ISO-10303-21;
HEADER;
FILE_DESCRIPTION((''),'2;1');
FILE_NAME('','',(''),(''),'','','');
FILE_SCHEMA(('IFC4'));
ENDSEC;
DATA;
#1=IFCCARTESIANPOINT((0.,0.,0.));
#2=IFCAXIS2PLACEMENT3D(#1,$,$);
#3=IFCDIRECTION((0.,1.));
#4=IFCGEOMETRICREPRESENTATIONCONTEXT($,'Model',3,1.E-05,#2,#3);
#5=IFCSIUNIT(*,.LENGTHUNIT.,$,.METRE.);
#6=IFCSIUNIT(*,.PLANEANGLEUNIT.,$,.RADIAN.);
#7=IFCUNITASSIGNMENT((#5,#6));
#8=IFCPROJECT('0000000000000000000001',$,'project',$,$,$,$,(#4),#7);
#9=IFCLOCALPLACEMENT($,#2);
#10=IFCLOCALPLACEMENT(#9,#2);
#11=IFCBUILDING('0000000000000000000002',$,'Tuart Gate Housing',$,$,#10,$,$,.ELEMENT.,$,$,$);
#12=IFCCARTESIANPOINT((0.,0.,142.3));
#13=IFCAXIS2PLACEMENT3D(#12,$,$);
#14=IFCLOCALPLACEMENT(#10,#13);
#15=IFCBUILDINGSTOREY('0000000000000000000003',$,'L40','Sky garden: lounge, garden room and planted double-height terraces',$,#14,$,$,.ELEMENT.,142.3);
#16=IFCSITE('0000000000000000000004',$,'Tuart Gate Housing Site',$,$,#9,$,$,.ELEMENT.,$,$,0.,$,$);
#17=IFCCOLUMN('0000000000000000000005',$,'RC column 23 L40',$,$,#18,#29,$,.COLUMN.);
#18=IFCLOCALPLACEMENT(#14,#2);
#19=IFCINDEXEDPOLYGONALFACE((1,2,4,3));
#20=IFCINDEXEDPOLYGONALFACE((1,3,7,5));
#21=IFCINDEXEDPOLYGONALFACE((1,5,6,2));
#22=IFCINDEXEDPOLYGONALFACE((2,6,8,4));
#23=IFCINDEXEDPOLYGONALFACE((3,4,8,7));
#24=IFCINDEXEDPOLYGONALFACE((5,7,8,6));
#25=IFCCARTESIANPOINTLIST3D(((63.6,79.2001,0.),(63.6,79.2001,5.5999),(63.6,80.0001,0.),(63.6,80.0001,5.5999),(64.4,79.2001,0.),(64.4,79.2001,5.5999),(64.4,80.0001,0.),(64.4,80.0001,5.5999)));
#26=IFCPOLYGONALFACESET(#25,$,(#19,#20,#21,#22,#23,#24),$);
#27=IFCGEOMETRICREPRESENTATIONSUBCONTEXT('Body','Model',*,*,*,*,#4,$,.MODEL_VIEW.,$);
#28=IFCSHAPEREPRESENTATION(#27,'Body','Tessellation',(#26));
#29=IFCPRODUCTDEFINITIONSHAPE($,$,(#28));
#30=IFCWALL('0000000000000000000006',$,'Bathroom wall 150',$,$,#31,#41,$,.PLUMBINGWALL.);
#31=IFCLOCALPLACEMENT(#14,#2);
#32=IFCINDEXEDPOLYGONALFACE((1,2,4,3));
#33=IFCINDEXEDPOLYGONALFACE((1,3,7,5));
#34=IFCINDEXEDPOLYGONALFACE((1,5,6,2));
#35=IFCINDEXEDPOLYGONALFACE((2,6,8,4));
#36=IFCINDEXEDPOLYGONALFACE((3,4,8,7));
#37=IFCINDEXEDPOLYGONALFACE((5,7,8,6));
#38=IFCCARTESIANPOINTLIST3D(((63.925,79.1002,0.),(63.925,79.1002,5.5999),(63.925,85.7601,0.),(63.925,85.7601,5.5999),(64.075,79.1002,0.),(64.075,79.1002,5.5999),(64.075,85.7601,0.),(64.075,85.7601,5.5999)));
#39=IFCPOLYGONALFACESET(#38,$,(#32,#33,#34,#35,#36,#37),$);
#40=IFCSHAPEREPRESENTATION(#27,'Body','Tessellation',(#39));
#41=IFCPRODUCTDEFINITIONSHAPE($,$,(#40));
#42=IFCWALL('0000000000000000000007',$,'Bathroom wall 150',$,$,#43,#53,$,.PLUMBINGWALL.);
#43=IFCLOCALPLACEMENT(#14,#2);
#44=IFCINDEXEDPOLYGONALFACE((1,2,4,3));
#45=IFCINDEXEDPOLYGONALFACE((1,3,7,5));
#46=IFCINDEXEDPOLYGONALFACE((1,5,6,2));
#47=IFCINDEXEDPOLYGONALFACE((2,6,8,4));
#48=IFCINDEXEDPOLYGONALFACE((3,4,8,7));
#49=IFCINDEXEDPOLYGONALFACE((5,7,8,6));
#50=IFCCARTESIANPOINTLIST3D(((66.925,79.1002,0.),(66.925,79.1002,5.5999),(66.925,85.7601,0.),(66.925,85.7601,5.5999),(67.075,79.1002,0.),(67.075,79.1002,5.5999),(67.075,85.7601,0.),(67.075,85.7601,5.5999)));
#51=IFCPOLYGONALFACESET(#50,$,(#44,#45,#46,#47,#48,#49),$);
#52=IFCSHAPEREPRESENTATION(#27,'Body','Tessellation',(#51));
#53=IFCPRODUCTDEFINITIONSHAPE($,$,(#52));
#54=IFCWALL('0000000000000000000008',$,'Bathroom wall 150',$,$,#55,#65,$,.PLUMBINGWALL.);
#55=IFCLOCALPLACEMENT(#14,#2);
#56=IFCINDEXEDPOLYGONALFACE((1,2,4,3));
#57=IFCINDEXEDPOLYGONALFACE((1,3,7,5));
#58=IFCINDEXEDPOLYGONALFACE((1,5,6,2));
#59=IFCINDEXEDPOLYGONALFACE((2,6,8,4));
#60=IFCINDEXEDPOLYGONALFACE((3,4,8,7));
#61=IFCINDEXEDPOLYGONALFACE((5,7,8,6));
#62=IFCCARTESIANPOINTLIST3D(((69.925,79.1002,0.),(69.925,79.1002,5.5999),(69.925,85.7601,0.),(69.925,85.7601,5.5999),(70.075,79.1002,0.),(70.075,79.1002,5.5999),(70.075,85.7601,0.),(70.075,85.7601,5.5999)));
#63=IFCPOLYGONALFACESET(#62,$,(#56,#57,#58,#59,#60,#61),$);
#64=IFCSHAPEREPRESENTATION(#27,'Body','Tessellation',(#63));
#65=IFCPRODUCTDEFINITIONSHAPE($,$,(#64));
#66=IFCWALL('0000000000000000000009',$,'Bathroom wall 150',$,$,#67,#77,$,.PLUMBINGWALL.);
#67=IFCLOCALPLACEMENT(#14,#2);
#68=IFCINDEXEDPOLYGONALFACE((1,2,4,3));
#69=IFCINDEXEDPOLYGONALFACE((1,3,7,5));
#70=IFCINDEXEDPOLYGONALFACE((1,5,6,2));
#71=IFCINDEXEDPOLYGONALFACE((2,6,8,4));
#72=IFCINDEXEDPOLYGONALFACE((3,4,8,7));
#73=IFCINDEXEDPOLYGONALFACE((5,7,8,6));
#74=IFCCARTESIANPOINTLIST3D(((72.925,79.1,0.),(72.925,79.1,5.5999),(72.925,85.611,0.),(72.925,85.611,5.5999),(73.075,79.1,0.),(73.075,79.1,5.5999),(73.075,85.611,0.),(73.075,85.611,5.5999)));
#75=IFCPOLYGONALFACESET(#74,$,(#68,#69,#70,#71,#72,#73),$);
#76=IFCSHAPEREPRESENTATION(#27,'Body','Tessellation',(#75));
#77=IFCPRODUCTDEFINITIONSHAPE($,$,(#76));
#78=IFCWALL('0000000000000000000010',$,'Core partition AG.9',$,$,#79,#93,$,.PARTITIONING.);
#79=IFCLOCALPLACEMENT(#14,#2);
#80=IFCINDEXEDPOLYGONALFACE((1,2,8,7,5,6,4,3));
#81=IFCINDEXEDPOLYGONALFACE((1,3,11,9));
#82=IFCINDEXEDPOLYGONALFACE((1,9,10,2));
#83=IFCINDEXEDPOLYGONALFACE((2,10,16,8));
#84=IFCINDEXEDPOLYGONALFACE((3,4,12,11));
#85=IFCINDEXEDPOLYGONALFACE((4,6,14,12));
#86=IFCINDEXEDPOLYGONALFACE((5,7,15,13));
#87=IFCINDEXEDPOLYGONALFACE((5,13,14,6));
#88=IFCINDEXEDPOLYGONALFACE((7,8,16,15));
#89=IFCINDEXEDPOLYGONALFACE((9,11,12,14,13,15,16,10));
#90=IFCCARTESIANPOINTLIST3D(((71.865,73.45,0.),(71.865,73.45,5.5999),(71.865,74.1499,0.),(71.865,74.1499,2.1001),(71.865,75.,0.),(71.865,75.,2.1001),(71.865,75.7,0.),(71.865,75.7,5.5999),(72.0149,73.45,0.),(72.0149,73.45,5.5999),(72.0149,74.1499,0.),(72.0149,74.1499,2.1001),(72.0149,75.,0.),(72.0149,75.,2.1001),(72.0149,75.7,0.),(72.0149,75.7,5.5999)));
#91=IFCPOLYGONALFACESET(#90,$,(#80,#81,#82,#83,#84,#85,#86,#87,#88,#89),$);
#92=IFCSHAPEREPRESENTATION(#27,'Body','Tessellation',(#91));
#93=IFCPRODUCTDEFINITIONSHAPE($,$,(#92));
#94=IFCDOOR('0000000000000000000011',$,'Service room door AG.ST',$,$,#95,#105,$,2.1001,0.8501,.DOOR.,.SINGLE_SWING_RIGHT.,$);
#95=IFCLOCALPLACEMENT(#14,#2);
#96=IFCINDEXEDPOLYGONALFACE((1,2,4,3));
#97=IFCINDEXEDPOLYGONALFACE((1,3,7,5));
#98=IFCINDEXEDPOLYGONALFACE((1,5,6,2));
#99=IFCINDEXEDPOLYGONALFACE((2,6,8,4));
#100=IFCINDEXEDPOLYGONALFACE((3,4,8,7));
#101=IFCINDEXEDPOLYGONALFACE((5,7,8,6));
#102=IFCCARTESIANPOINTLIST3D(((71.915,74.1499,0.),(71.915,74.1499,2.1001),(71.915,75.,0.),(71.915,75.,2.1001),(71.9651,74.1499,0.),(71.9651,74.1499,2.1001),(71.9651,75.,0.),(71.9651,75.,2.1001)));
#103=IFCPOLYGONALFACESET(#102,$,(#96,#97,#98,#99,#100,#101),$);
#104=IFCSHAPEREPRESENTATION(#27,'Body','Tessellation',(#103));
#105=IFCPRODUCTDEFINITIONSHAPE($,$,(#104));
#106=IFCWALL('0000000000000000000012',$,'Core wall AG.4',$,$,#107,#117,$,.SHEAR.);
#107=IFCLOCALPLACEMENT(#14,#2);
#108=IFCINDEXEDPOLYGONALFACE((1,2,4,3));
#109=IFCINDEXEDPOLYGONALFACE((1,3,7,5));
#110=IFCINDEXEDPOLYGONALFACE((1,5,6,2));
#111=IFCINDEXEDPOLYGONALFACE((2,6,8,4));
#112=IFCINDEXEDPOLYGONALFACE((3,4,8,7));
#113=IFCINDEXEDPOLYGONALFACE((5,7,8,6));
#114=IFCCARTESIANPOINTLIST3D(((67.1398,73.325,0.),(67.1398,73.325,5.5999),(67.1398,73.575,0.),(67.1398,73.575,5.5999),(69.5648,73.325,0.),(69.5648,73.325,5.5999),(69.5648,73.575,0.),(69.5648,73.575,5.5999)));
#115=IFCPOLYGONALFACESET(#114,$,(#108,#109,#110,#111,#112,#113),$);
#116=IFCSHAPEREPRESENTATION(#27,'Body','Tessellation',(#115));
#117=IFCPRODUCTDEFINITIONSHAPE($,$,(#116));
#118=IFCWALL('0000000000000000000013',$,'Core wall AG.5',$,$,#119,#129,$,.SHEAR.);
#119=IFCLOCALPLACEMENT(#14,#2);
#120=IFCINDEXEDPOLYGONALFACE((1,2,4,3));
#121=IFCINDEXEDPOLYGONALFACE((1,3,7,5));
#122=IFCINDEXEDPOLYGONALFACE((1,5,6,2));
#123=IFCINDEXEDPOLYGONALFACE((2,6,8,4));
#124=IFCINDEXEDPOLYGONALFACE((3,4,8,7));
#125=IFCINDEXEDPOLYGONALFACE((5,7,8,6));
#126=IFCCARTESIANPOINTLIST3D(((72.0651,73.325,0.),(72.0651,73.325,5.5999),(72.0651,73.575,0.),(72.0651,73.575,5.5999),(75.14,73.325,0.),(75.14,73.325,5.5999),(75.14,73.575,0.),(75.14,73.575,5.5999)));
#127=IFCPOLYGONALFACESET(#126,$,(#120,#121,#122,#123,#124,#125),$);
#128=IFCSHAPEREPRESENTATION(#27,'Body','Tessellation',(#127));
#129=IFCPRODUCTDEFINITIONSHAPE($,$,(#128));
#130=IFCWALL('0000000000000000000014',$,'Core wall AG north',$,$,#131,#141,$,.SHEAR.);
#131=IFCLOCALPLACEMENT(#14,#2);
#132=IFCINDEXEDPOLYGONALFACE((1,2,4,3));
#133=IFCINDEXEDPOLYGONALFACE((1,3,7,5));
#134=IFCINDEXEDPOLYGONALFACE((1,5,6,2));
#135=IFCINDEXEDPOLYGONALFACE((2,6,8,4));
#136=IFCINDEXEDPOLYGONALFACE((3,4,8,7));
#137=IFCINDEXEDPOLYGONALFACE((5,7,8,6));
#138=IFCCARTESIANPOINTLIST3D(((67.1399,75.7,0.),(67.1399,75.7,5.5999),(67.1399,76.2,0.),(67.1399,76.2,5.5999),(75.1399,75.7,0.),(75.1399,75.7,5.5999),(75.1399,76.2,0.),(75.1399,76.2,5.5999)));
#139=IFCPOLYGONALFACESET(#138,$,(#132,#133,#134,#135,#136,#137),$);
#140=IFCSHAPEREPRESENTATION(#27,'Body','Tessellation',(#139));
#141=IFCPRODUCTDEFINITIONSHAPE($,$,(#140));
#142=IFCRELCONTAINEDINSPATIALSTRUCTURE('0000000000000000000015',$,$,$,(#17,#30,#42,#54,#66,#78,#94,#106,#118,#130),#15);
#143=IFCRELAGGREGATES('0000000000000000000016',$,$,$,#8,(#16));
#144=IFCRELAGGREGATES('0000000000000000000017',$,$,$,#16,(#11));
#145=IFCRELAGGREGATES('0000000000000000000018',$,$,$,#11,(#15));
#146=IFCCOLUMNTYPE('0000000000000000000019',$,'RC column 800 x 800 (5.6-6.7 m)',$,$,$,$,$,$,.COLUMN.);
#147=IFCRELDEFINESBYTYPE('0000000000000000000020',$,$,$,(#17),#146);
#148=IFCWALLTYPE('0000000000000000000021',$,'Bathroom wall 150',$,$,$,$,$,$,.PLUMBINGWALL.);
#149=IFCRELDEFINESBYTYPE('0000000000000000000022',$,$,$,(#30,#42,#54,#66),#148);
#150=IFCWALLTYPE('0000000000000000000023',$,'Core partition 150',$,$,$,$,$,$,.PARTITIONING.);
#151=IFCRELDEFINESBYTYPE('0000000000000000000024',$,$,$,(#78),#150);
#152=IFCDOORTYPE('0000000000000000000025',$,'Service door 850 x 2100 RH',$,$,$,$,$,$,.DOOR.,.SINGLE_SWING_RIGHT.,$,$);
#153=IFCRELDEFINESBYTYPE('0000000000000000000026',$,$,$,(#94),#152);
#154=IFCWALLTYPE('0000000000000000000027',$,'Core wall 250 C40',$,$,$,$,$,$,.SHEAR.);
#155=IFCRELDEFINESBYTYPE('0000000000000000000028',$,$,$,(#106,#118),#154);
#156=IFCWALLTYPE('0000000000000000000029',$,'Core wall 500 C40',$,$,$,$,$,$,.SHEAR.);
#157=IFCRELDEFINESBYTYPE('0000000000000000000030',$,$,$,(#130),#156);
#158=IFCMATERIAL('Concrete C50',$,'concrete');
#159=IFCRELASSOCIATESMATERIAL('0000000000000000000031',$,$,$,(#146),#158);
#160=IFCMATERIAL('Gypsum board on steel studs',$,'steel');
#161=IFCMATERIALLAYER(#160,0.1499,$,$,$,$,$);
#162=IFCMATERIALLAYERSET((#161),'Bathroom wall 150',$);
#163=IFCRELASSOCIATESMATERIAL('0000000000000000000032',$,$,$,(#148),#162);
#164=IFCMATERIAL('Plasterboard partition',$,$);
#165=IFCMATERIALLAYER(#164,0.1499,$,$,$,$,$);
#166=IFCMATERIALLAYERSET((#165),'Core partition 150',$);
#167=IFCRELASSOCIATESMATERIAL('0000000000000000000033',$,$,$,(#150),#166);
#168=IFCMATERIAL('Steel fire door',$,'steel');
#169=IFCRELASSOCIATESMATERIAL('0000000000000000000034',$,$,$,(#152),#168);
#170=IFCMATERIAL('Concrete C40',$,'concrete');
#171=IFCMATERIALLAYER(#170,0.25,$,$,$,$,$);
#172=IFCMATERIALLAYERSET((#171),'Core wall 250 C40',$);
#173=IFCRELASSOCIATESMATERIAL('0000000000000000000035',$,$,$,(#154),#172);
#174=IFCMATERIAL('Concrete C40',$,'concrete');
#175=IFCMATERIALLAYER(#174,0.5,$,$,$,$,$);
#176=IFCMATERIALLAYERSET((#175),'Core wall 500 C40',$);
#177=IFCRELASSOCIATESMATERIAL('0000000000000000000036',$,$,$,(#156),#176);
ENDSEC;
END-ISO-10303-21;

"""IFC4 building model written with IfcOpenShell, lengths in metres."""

from ifc_helpers import new_model, si_unit, direction, frame, frame_2d, origin, origin_2d, place, context, subcontext, project, spatial, rectangle, extrude, material, layer, layer_set, material_profile, profile_set, type_object, element, fill, save


model = new_model("IFC4")

# Units and contexts
model_context = context("Model", 3, precision=1e-05, world=origin(), true_north=direction((0.0, 1.0)))
body_context = subcontext(model_context, "Body", "Model", "MODEL_VIEW")
ifc_project = project(units=[si_unit("LENGTHUNIT", "METRE"), si_unit("PLANEANGLEUNIT", "RADIAN")], contexts=[model_context])

# Site, building, storey
site_placement = place(None, origin())
site = spatial("IfcSite", under=ifc_project, at=site_placement, Name="Tuart Gate Housing Site", CompositionType="ELEMENT", RefElevation=0.0)
building_placement = place(site_placement, origin())
building = spatial("IfcBuilding", under=site, at=building_placement, Name="Tuart Gate Housing", CompositionType="ELEMENT")
storey_placement = place(building_placement, frame((0.0, 0.0, 142.3)))
storey = spatial("IfcBuildingStorey", under=building, at=storey_placement, Name="L40", Description="Sky garden: lounge, garden room and planted double-height terraces", CompositionType="ELEMENT", Elevation=142.3)

# Column
ifc_material_1 = material(Name="Concrete C50", Category="concrete")
ifc_material_profile = material_profile(ifc_material_1, rectangle(XDim=0.8, YDim=0.8, at=origin_2d()), Name="RC column 800 x 800 (5.6-6.7 m)")
ifc_profile_set = profile_set([ifc_material_profile], Name="Concrete C50")
column_type = type_object("IfcColumnType", Name="RC column 800 x 800 (5.6-6.7 m)", PredefinedType="COLUMN", material=ifc_profile_set)
column_placement = place(storey_placement, frame((64.0, 79.6001, 0.0), z_axis=(0.0, 0.0, 1.0), x_axis=(1.0, 0.0, 0.0)))
element("IfcColumn", 1, at=column_placement, inside=storey, type_object=column_type, Name="RC column 23 L40", PredefinedType="COLUMN", context=body_context, shape_type="SweptSolid", body=[
    extrude(rectangle(XDim=0.8, YDim=0.8, at=origin_2d()), origin(), (0.0, 0.0, 1.0), 5.5999),
])

# Walls
ifc_material_2 = material(Name="Gypsum board on steel studs", Category="steel")
ifc_layer_1 = layer(ifc_material_2, 0.1499)
ifc_layer_set_1 = layer_set([ifc_layer_1], Name="Bathroom wall 150")
wall_type_1 = type_object("IfcWallType", Name="Bathroom wall 150", PredefinedType="PLUMBINGWALL", material=ifc_layer_set_1)
for number, where, z_axis, x_axis, name in (
    (2, (64.0, 79.1001, 0.0), (0.0, 0.0, 1.0), (0.0, 1.0, 0.0), "Bathroom wall 150"),
    (3, (67.0, 79.1001, 0.0), (0.0, 0.0, 1.0), (0.0, 1.0, 0.0), "Bathroom wall 150"),
    (4, (70.0, 79.1001, 0.0), (0.0, 0.0, 1.0), (0.0, 1.0, 0.0), "Bathroom wall 150"),
):
    element("IfcWall", number, at=place(storey_placement, frame(where, z_axis=z_axis, x_axis=x_axis)), inside=storey, type_object=wall_type_1, Name=name, PredefinedType="PLUMBINGWALL", context=body_context, shape_type="SweptSolid", body=[
        extrude(rectangle(XDim=6.6599, YDim=0.1499, at=frame_2d((3.3301, 0.0))), origin(), (0.0, 0.0, 1.0), 5.5999),
    ])
wall_1_placement = place(storey_placement, frame((73.0, 79.1001, 0.0), z_axis=(0.0, 0.0, 1.0), x_axis=(0.0, 1.0, 0.0)))
element("IfcWall", 5, at=wall_1_placement, inside=storey, type_object=wall_type_1, Name="Bathroom wall 150", PredefinedType="PLUMBINGWALL", context=body_context, shape_type="SweptSolid", body=[
    extrude(rectangle(XDim=6.511, YDim=0.1499, at=frame_2d((3.2554, 0.0))), origin(), (0.0, 0.0, 1.0), 5.5999),
])

# Wall, opening, door
ifc_material_3 = material(Name="Plasterboard partition")
ifc_layer_2 = layer(ifc_material_3, 0.1499)
ifc_layer_set_2 = layer_set([ifc_layer_2], Name="Core partition 150")
wall_type_2 = type_object("IfcWallType", Name="Core partition 150", PredefinedType="PARTITIONING", material=ifc_layer_set_2)
wall_2_placement = place(storey_placement, frame((71.9399, 73.45, 0.0), z_axis=(0.0, 0.0, 1.0), x_axis=(0.0, 1.0, 0.0)))
wall_2 = element("IfcWall", 6, at=wall_2_placement, inside=storey, type_object=wall_type_2, Name="Core partition AG.9", PredefinedType="PARTITIONING", context=body_context, shape_type="SweptSolid", body=[
    extrude(rectangle(XDim=2.25, YDim=0.1499, at=frame_2d((1.125, 0.0))), origin(), (0.0, 0.0, 1.0), 5.5999),
])
opening_placement = place(wall_2_placement, frame((0.7, 0.0, 0.0)))
opening = element("IfcOpeningElement", 7, at=opening_placement, cuts=wall_2, PredefinedType="OPENING", context=body_context, shape_type="SweptSolid", body=[
    extrude(rectangle(XDim=0.8501, YDim=2.1001, at=frame_2d((0.425, 1.05))), frame((0.0, 0.085, 0.0), z_axis=(0.0, -1.0, 0.0), x_axis=(1.0, 0.0, 0.0)), (0.0, 0.0, 1.0), 0.1699),
])
ifc_material_4 = material(Name="Steel fire door", Category="steel")
door_type = type_object("IfcDoorType", Name="Service door 850 x 2100 RH", OperationType="SINGLE_SWING_RIGHT", PredefinedType="DOOR", material=ifc_material_4)
door_placement = place(opening_placement, frame((0.8501, 0.0, 0.0), z_axis=(0.0, 0.0, 1.0), x_axis=(-1.0, 0.0, 0.0)))
door = element("IfcDoor", 8, at=door_placement, inside=storey, type_object=door_type, Name="Service room door AG.ST", OperationType="SINGLE_SWING_RIGHT", OverallHeight=2.1001, OverallWidth=0.8501, PredefinedType="DOOR", context=body_context, shape_type="SweptSolid", body=[
    extrude(rectangle(XDim=0.8501, YDim=2.1001, at=frame_2d((0.425, 1.05))), frame((0.0, 0.0251, 0.0), z_axis=(0.0, -1.0, 0.0), x_axis=(1.0, 0.0, 0.0)), (0.0, 0.0, 1.0), 0.05),
])
fill(opening, door)

# Walls
ifc_material_5 = material(Name="Concrete C40", Category="concrete")
ifc_layer_3 = layer(ifc_material_5, 0.25)
ifc_layer_set_3 = layer_set([ifc_layer_3], Name="Core wall 250 C40")
wall_type_3 = type_object("IfcWallType", Name="Core wall 250 C40", PredefinedType="SHEAR", material=ifc_layer_set_3)
wall_3_placement = place(storey_placement, frame((67.1399, 73.45, 0.0), z_axis=(0.0, 0.0, 1.0), x_axis=(1.0, 0.0, 0.0)))
element("IfcWall", 9, at=wall_3_placement, inside=storey, type_object=wall_type_3, Name="Core wall AG.4", PredefinedType="SHEAR", context=body_context, shape_type="SweptSolid", body=[
    extrude(rectangle(XDim=2.425, YDim=0.25, at=frame_2d((1.2124, 0.0))), origin(), (0.0, 0.0, 1.0), 5.5999),
])
wall_4_placement = place(storey_placement, frame((72.0649, 73.45, 0.0), z_axis=(0.0, 0.0, 1.0), x_axis=(1.0, 0.0, 0.0)))
element("IfcWall", 10, at=wall_4_placement, inside=storey, type_object=wall_type_3, Name="Core wall AG.5", PredefinedType="SHEAR", context=body_context, shape_type="SweptSolid", body=[
    extrude(rectangle(XDim=3.075, YDim=0.25, at=frame_2d((1.5376, 0.0))), origin(), (0.0, 0.0, 1.0), 5.5999),
])
ifc_material_6 = material(Name="Concrete C40", Category="concrete")
ifc_layer_4 = layer(ifc_material_6, 0.5)
ifc_layer_set_4 = layer_set([ifc_layer_4], Name="Core wall 500 C40")
wall_type_4 = type_object("IfcWallType", Name="Core wall 500 C40", PredefinedType="SHEAR", material=ifc_layer_set_4)
wall_5_placement = place(storey_placement, frame((67.1399, 75.95, 0.0), z_axis=(0.0, 0.0, 1.0), x_axis=(1.0, 0.0, 0.0)))
element("IfcWall", 11, at=wall_5_placement, inside=storey, type_object=wall_type_4, Name="Core wall AG north", PredefinedType="SHEAR", context=body_context, shape_type="SweptSolid", body=[
    extrude(rectangle(XDim=8.0, YDim=0.5, at=frame_2d((4.0, 0.0))), origin(), (0.0, 0.0, 1.0), 5.5999),
])

save(model, "model.ifc")
